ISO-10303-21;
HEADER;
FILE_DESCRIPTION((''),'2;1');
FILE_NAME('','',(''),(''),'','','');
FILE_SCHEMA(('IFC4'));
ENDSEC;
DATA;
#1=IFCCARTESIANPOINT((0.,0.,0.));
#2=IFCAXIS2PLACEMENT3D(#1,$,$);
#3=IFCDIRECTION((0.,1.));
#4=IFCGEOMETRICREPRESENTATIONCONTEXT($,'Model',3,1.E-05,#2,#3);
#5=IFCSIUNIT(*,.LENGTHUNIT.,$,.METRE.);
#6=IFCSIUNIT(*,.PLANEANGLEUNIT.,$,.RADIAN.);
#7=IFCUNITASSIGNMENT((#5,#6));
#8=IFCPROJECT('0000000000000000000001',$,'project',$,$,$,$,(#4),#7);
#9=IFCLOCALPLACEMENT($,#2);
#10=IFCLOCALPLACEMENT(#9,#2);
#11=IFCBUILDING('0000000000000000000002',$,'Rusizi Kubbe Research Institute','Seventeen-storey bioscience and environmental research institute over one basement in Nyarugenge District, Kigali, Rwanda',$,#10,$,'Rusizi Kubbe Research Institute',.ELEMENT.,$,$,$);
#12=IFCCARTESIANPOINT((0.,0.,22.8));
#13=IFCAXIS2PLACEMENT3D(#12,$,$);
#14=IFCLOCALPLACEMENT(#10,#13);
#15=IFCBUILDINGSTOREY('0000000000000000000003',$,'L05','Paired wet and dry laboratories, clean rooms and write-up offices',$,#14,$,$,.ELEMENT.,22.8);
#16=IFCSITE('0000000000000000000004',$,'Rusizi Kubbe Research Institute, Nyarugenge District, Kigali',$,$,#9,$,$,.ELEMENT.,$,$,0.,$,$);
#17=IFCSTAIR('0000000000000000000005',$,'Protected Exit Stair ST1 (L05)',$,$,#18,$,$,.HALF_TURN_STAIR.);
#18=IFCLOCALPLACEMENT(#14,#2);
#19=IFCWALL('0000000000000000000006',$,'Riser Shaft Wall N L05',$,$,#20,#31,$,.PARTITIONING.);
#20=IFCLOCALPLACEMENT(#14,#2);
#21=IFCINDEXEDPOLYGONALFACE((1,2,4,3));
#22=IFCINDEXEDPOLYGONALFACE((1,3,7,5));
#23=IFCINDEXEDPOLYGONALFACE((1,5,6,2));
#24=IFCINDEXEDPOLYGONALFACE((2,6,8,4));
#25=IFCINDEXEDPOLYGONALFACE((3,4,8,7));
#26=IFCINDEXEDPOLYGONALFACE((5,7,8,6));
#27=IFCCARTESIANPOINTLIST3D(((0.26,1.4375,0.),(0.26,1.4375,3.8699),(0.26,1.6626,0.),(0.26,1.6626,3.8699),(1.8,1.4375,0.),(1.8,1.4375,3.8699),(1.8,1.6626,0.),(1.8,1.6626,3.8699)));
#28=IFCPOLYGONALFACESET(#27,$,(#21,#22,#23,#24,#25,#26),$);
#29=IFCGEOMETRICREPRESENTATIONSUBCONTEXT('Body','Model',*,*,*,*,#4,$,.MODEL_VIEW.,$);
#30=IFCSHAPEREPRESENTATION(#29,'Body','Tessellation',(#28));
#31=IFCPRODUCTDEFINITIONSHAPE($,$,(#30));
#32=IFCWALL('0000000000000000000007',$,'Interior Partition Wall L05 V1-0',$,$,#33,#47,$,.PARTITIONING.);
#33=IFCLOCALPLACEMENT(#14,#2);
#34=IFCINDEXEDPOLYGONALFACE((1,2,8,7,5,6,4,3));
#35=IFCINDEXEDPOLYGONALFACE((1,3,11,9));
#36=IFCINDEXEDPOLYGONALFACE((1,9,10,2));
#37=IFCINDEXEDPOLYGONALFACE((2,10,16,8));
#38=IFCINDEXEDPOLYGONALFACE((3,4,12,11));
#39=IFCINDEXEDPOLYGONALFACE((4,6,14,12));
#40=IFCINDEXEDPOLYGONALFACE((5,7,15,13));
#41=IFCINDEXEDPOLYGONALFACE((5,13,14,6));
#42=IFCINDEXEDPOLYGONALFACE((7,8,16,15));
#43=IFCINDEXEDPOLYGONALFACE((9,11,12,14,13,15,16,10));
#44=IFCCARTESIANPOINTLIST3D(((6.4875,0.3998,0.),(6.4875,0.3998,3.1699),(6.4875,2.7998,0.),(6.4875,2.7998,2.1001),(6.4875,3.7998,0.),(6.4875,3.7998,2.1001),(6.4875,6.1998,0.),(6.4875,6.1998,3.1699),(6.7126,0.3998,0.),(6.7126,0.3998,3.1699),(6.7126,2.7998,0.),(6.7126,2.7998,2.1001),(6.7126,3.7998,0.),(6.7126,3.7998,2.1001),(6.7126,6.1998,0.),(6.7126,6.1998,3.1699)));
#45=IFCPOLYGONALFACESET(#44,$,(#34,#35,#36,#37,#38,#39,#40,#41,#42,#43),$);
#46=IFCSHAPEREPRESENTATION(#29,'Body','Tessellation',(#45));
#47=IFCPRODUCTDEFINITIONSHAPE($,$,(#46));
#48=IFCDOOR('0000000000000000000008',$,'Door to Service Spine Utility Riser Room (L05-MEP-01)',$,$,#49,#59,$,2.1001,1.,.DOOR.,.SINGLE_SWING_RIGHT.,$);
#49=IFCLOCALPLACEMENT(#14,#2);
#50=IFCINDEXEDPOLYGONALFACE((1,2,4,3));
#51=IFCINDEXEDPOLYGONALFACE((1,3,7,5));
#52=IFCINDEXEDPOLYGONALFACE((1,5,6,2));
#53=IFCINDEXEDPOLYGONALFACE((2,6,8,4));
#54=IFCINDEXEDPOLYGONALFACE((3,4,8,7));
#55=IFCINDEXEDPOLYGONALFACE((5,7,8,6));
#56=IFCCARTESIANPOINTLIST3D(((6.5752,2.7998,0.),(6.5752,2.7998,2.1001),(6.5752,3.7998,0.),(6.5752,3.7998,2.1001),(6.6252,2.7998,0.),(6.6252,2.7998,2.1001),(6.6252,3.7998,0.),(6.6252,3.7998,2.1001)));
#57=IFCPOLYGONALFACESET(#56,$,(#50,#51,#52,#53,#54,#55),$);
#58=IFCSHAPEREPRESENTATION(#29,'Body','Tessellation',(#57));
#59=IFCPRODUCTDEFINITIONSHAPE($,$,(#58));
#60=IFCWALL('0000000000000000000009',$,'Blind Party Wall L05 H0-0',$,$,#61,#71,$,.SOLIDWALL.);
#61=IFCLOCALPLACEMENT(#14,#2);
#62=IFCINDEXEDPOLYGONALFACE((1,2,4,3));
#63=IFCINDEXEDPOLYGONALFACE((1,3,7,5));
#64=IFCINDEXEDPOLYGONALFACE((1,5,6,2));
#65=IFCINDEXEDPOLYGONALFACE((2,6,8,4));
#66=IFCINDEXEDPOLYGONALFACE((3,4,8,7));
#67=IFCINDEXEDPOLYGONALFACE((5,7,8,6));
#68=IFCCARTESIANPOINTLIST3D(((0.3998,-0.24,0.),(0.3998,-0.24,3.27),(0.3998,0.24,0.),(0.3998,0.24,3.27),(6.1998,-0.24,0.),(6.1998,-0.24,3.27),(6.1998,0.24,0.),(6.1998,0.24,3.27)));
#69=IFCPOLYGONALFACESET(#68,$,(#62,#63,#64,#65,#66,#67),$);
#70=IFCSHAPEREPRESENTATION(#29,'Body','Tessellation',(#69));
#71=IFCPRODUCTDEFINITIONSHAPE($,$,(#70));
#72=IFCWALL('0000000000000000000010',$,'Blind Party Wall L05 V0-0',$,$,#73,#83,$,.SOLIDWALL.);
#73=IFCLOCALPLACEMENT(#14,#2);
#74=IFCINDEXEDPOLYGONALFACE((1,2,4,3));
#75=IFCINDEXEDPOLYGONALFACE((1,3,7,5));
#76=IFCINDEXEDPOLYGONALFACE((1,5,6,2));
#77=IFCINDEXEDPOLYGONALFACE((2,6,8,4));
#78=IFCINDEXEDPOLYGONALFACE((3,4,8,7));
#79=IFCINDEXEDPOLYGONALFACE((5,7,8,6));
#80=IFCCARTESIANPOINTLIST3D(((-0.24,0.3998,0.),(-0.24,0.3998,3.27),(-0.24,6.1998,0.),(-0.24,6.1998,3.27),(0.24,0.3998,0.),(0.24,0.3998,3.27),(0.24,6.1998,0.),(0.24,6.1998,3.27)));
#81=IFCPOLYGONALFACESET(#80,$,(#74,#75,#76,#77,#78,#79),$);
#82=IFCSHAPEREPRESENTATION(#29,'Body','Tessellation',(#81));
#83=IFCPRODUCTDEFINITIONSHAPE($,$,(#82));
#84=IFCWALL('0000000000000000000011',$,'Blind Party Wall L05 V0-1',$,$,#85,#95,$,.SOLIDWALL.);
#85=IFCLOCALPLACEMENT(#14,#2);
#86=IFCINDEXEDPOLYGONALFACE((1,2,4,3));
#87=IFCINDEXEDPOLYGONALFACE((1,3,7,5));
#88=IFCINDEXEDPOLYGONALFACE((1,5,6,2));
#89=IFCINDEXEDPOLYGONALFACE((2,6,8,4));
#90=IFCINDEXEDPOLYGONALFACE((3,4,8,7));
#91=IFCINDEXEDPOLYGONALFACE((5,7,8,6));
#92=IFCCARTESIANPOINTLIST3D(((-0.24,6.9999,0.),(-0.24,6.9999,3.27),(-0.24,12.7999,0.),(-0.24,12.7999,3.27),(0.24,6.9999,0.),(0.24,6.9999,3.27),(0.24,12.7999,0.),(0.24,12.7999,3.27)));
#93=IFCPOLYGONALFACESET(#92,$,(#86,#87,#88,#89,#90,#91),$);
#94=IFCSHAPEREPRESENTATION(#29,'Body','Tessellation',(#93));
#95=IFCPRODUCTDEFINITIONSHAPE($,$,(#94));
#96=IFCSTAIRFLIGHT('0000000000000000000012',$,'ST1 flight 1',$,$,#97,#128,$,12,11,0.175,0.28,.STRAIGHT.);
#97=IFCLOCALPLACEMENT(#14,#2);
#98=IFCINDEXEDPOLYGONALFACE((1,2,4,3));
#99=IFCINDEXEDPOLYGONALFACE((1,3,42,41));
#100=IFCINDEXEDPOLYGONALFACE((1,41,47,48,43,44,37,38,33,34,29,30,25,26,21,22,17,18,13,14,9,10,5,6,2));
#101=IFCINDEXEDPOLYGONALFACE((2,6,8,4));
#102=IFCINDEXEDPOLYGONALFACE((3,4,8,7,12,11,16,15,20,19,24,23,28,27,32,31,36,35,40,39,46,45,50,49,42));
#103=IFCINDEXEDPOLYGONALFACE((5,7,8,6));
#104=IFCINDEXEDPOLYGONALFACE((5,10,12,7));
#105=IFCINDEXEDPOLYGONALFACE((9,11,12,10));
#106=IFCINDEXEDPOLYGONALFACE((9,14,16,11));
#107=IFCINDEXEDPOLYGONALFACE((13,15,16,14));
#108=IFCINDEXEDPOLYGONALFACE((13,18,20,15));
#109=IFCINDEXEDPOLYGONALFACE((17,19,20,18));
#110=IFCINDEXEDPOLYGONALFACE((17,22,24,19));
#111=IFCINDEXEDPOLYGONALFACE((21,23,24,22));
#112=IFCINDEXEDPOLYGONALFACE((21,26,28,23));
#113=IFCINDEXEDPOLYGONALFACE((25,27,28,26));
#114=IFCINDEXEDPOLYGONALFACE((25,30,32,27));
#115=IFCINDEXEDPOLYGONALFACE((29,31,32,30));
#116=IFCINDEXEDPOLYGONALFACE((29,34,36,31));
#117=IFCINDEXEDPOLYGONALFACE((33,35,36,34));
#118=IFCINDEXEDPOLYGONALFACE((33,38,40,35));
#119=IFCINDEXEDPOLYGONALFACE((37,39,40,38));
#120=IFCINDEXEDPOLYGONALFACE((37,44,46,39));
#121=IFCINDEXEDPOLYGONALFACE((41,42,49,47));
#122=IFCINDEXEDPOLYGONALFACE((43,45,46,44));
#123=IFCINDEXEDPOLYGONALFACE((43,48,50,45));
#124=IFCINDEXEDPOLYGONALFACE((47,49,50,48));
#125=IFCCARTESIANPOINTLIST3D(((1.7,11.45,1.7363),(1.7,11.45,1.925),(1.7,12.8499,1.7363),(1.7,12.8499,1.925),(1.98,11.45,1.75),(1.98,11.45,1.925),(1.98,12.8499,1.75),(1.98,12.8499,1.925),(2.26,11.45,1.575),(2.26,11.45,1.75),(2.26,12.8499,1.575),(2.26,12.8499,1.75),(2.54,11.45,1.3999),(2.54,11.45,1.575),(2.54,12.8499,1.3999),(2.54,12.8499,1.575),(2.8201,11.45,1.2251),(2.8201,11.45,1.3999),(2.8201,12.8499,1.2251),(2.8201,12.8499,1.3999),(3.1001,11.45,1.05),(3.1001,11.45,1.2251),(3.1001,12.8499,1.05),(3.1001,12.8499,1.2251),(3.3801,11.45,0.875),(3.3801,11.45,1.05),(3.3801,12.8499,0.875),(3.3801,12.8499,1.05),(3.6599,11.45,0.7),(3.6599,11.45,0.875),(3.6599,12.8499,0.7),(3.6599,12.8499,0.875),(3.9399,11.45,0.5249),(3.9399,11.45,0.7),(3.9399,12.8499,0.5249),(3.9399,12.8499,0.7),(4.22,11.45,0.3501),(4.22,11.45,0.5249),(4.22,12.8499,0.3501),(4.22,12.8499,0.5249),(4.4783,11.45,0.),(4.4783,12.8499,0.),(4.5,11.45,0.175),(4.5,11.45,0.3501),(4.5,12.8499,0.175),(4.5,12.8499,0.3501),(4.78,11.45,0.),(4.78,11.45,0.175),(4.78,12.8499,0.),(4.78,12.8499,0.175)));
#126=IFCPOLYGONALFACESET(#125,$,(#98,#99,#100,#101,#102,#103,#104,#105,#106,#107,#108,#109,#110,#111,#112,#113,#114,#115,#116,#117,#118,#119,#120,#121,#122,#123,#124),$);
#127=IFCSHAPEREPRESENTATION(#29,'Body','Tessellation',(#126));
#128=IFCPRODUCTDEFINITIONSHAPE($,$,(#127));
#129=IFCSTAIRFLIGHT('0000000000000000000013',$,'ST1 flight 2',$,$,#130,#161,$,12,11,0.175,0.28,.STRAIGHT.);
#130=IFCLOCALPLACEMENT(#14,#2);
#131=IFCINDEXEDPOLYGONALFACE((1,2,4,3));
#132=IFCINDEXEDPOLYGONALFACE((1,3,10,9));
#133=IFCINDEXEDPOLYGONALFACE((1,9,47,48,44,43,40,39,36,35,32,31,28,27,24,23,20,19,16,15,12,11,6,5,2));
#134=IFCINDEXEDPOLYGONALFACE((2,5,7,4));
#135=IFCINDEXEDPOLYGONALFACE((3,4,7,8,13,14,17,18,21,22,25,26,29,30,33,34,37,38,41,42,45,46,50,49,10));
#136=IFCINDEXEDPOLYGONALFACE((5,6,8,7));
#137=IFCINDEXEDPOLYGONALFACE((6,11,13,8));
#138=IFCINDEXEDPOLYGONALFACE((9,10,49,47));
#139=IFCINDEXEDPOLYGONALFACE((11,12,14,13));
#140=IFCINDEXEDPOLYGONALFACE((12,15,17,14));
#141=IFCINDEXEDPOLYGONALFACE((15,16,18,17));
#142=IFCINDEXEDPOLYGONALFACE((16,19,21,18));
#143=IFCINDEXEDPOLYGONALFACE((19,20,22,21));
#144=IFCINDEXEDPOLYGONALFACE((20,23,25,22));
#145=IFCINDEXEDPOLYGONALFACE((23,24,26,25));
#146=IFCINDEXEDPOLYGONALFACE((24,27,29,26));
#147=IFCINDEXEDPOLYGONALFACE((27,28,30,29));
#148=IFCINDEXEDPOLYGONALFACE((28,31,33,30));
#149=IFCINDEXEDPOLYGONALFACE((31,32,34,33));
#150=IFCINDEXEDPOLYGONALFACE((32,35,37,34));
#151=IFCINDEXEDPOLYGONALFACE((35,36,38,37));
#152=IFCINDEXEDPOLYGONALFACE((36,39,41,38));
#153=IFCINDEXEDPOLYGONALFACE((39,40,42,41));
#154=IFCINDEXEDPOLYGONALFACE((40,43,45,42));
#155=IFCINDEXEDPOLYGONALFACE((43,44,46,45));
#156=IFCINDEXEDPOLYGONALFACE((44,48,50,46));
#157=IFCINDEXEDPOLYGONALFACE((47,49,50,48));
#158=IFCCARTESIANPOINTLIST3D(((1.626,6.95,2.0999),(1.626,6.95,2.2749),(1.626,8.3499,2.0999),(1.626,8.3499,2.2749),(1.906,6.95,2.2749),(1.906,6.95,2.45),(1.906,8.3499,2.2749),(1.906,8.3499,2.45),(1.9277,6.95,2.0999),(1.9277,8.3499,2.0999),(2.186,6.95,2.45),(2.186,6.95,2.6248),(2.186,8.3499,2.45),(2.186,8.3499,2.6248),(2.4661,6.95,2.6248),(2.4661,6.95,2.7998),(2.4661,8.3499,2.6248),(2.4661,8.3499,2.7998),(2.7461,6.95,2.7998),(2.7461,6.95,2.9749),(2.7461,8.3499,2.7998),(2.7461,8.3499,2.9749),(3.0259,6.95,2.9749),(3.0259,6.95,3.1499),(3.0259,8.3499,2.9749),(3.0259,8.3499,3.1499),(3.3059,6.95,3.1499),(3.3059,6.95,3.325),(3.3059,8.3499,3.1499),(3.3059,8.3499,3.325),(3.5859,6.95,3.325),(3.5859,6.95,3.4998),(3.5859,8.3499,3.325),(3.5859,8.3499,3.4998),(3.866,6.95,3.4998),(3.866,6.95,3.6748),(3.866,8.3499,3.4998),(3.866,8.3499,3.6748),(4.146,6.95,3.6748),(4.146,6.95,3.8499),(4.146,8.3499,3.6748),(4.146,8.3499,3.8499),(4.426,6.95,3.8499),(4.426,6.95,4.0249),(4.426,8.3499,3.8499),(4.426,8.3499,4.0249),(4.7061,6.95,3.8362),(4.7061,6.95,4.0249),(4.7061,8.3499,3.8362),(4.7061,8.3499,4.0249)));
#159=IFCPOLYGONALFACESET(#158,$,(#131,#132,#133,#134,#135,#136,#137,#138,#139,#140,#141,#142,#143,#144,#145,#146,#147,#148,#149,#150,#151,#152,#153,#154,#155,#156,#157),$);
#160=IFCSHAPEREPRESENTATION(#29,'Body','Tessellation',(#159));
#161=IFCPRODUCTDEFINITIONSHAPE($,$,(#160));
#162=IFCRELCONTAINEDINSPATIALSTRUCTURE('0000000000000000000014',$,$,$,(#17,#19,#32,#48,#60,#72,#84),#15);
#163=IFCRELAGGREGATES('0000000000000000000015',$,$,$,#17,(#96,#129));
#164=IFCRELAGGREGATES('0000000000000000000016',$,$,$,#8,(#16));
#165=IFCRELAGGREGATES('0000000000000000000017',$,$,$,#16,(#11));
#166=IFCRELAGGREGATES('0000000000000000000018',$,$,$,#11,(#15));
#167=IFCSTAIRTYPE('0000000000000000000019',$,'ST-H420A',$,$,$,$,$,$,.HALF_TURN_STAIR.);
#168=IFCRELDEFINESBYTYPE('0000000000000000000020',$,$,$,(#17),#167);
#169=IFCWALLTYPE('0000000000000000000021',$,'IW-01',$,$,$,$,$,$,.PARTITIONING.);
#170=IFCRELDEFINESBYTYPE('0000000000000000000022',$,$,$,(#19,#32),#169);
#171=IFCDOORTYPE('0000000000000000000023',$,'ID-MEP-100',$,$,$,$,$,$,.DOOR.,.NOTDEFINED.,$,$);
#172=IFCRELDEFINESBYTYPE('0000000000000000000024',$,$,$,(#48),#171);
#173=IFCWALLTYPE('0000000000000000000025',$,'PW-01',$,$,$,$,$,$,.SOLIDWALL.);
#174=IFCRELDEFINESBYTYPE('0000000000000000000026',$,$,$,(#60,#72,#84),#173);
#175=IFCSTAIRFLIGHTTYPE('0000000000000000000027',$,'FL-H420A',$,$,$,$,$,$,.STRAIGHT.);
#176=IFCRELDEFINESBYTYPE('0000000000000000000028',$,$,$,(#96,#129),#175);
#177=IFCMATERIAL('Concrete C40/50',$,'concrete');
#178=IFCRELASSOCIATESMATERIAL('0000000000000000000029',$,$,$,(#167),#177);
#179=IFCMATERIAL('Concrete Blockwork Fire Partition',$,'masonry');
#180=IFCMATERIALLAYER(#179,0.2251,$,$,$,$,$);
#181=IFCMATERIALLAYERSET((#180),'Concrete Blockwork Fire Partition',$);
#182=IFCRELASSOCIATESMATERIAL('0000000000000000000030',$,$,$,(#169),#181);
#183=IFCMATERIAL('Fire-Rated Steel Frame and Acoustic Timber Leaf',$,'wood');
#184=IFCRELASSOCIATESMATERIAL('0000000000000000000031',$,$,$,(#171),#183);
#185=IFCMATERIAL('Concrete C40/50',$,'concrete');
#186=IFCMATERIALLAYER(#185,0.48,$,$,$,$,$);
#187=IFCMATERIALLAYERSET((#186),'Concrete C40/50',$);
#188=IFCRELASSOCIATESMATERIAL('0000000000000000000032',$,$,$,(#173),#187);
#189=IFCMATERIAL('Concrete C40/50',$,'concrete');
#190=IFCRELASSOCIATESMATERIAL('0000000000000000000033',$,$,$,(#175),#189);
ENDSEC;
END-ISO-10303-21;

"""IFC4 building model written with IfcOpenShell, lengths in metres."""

from ifc_helpers import new_model, si_unit, direction, frame, frame_2d, origin, place, context, subcontext, project, spatial, polyline, rectangle, outline, extrude, material, layer, layer_set, type_object, element, fill, aggregate, save


model = new_model("IFC4")

# Units and contexts
model_context = context("Model", 3, precision=1e-05, world=origin(), true_north=direction((0.0, 1.0)))
body_context = subcontext(model_context, "Body", "Model", "MODEL_VIEW")
ifc_project = project(units=[si_unit("LENGTHUNIT", "METRE"), si_unit("PLANEANGLEUNIT", "RADIAN")], contexts=[model_context])

# Site, building, storey
site_placement = place(None, origin())
site = spatial("IfcSite", under=ifc_project, at=site_placement, Name="Rusizi Kubbe Research Institute, Nyarugenge District, Kigali", CompositionType="ELEMENT", RefElevation=0.0)
building_placement = place(site_placement, origin())
building = spatial("IfcBuilding", under=site, at=building_placement, Name="Rusizi Kubbe Research Institute", Description="Seventeen-storey bioscience and environmental research institute over one basement in Nyarugenge District, Kigali, Rwanda", LongName="Rusizi Kubbe Research Institute", CompositionType="ELEMENT")
storey_placement = place(building_placement, frame((0.0, 0.0, 22.8)))
storey = spatial("IfcBuildingStorey", under=building, at=storey_placement, Name="L05", Description="Paired wet and dry laboratories, clean rooms and write-up offices", CompositionType="ELEMENT", Elevation=22.8)

# Stair
ifc_material_1 = material(Name="Concrete C40/50", Category="concrete")
stair_type_1 = type_object("IfcStairType", Name="ST-H420A", PredefinedType="HALF_TURN_STAIR", material=ifc_material_1)
stair_1_placement = place(storey_placement, origin())
stair_1 = element("IfcStair", 1, at=stair_1_placement, inside=storey, type_object=stair_type_1, Name="Protected Exit Stair ST1 (L05)", PredefinedType="HALF_TURN_STAIR")

# Wall
ifc_material_2 = material(Name="Concrete Blockwork Fire Partition", Category="masonry")
ifc_layer_1 = layer(ifc_material_2, 0.2251)
ifc_layer_set_1 = layer_set([ifc_layer_1], Name="Concrete Blockwork Fire Partition")
wall_type_1 = type_object("IfcWallType", Name="IW-01", PredefinedType="PARTITIONING", material=ifc_layer_set_1)
wall_1_placement = place(storey_placement, frame((0.26, 1.55, 0.0), z_axis=(0.0, 0.0, 1.0), x_axis=(1.0, 0.0, 0.0)))
element("IfcWall", 2, at=wall_1_placement, inside=storey, type_object=wall_type_1, Name="Riser Shaft Wall N L05", PredefinedType="PARTITIONING", context=body_context, shape_type="SweptSolid", body=[
    extrude(rectangle(XDim=1.54, YDim=0.2251, at=frame_2d((0.77, 0.0))), origin(), (0.0, 0.0, 1.0), 3.8699),
])

# Wall, opening, door
wall_2_placement = place(storey_placement, frame((6.6001, 0.3999, 0.0), z_axis=(0.0, 0.0, 1.0), x_axis=(0.0, 1.0, 0.0)))
wall_2 = element("IfcWall", 3, at=wall_2_placement, inside=storey, type_object=wall_type_1, Name="Interior Partition Wall L05 V1-0", PredefinedType="PARTITIONING", context=body_context, shape_type="SweptSolid", body=[
    extrude(rectangle(XDim=5.8, YDim=0.2251, at=frame_2d((2.8999, 0.0))), origin(), (0.0, 0.0, 1.0), 3.1699),
])
opening_placement = place(wall_2_placement, frame((2.3999, 0.0, 0.0)))
opening = element("IfcOpeningElement", 4, at=opening_placement, cuts=wall_2, PredefinedType="OPENING", context=body_context, shape_type="SweptSolid", body=[
    extrude(rectangle(XDim=1.0, YDim=2.1001, at=frame_2d((0.5, 1.05))), frame((0.0, 0.1226, 0.0), z_axis=(0.0, -1.0, 0.0), x_axis=(1.0, 0.0, 0.0)), (0.0, 0.0, 1.0), 0.2451),
])
ifc_material_3 = material(Name="Fire-Rated Steel Frame and Acoustic Timber Leaf", Category="wood")
door_type = type_object("IfcDoorType", Name="ID-MEP-100", OperationType="NOTDEFINED", PredefinedType="DOOR", material=ifc_material_3)
door_placement = place(opening_placement, origin())
door = element("IfcDoor", 5, at=door_placement, inside=storey, type_object=door_type, Name="Door to Service Spine Utility Riser Room (L05-MEP-01)", OperationType="SINGLE_SWING_RIGHT", OverallHeight=2.1001, OverallWidth=1.0, PredefinedType="DOOR", context=body_context, shape_type="SweptSolid", body=[
    extrude(rectangle(XDim=1.0, YDim=2.1001, at=frame_2d((0.5, 1.05))), frame((0.0, 0.0249, 0.0), z_axis=(0.0, -1.0, 0.0), x_axis=(1.0, 0.0, 0.0)), (0.0, 0.0, 1.0), 0.05),
])
fill(opening, door)

# Walls
ifc_material_4 = material(Name="Concrete C40/50", Category="concrete")
ifc_layer_2 = layer(ifc_material_4, 0.48)
ifc_layer_set_2 = layer_set([ifc_layer_2], Name="Concrete C40/50")
wall_type_2 = type_object("IfcWallType", Name="PW-01", PredefinedType="SOLIDWALL", material=ifc_layer_set_2)
for number, where, z_axis, x_axis, name in (
    (6, (0.3999, 0.0, 0.0), (0.0, 0.0, 1.0), (1.0, 0.0, 0.0), "Blind Party Wall L05 H0-0"),
    (7, (0.0, 0.3999, 0.0), (0.0, 0.0, 1.0), (0.0, 1.0, 0.0), "Blind Party Wall L05 V0-0"),
    (8, (0.0, 7.0, 0.0), (0.0, 0.0, 1.0), (0.0, 1.0, 0.0), "Blind Party Wall L05 V0-1"),
):
    element("IfcWall", number, at=place(storey_placement, frame(where, z_axis=z_axis, x_axis=x_axis)), inside=storey, type_object=wall_type_2, Name=name, PredefinedType="SOLIDWALL", context=body_context, shape_type="SweptSolid", body=[
        extrude(rectangle(XDim=5.8, YDim=0.48, at=frame_2d((2.8999, 0.0))), origin(), (0.0, 0.0, 1.0), 3.27),
    ])

# Stair flights
ifc_material_5 = material(Name="Concrete C40/50", Category="concrete")
stair_flight_type = type_object("IfcStairFlightType", Name="FL-H420A", PredefinedType="STRAIGHT", material=ifc_material_5)
stair_flight_1_placement = place(storey_placement, frame((4.78, 12.1499, 0.0), z_axis=(0.0, 0.0, 1.0), x_axis=(-1.0, 0.0, 0.0)))
stair_flight_1 = element("IfcStairFlight", 9, at=stair_flight_1_placement, type_object=stair_flight_type, Name="ST1 flight 1", NumberOfRisers=12, NumberOfTreads=11, PredefinedType="STRAIGHT", RiserHeight=0.175, TreadLength=0.28, context=body_context, shape_type="SweptSolid", body=[
    extrude(outline(polyline([(0.0, 0.0), (0.0, 0.175), (0.28, 0.175), (0.28, 0.3501), (0.5601, 0.3501), (0.5601, 0.5249), (0.8401, 0.5249), (0.8401, 0.7), (1.1201, 0.7), (1.1201, 0.875), (1.3999, 0.875), (1.3999, 1.05), (1.6799, 1.05), (1.6799, 1.2251), (1.96, 1.2251), (1.96, 1.3999), (2.24, 1.3999), (2.24, 1.575), (2.52, 1.575), (2.52, 1.75), (2.8, 1.75), (2.8, 1.925), (3.0801, 1.925), (3.0801, 2.1001), (3.0801, 1.7363), (0.3018, 0.0), (0.0, 0.0)])), frame((0.0, 0.7, 0.0), z_axis=(0.0, -1.0, 0.0), x_axis=(1.0, 0.0, 0.0)), (0.0, 0.0, 1.0), 1.3999),
])
stair_flight_2_placement = place(storey_placement, frame((1.626, 7.6499, 2.0999), z_axis=(0.0, 0.0, 1.0), x_axis=(1.0, 0.0, 0.0)))
stair_flight_2 = element("IfcStairFlight", 10, at=stair_flight_2_placement, type_object=stair_flight_type, Name="ST1 flight 2", NumberOfRisers=12, NumberOfTreads=11, PredefinedType="STRAIGHT", RiserHeight=0.175, TreadLength=0.28, context=body_context, shape_type="SweptSolid", body=[
    extrude(outline(polyline([(0.0, 0.0), (0.0, 0.175), (0.28, 0.175), (0.28, 0.3501), (0.5601, 0.3501), (0.5601, 0.5249), (0.8401, 0.5249), (0.8401, 0.7), (1.1201, 0.7), (1.1201, 0.875), (1.3999, 0.875), (1.3999, 1.05), (1.6799, 1.05), (1.6799, 1.2251), (1.96, 1.2251), (1.96, 1.3999), (2.24, 1.3999), (2.24, 1.575), (2.52, 1.575), (2.52, 1.75), (2.8, 1.75), (2.8, 1.925), (3.0801, 1.925), (3.0801, 2.1001), (3.0801, 1.7363), (0.3018, 0.0), (0.0, 0.0)])), frame((0.0, 0.7, 0.0), z_axis=(0.0, -1.0, 0.0), x_axis=(1.0, 0.0, 0.0)), (0.0, 0.0, 1.0), 1.3999),
])
aggregate(stair_1, [stair_flight_1, stair_flight_2])

save(model, "model.ifc")
